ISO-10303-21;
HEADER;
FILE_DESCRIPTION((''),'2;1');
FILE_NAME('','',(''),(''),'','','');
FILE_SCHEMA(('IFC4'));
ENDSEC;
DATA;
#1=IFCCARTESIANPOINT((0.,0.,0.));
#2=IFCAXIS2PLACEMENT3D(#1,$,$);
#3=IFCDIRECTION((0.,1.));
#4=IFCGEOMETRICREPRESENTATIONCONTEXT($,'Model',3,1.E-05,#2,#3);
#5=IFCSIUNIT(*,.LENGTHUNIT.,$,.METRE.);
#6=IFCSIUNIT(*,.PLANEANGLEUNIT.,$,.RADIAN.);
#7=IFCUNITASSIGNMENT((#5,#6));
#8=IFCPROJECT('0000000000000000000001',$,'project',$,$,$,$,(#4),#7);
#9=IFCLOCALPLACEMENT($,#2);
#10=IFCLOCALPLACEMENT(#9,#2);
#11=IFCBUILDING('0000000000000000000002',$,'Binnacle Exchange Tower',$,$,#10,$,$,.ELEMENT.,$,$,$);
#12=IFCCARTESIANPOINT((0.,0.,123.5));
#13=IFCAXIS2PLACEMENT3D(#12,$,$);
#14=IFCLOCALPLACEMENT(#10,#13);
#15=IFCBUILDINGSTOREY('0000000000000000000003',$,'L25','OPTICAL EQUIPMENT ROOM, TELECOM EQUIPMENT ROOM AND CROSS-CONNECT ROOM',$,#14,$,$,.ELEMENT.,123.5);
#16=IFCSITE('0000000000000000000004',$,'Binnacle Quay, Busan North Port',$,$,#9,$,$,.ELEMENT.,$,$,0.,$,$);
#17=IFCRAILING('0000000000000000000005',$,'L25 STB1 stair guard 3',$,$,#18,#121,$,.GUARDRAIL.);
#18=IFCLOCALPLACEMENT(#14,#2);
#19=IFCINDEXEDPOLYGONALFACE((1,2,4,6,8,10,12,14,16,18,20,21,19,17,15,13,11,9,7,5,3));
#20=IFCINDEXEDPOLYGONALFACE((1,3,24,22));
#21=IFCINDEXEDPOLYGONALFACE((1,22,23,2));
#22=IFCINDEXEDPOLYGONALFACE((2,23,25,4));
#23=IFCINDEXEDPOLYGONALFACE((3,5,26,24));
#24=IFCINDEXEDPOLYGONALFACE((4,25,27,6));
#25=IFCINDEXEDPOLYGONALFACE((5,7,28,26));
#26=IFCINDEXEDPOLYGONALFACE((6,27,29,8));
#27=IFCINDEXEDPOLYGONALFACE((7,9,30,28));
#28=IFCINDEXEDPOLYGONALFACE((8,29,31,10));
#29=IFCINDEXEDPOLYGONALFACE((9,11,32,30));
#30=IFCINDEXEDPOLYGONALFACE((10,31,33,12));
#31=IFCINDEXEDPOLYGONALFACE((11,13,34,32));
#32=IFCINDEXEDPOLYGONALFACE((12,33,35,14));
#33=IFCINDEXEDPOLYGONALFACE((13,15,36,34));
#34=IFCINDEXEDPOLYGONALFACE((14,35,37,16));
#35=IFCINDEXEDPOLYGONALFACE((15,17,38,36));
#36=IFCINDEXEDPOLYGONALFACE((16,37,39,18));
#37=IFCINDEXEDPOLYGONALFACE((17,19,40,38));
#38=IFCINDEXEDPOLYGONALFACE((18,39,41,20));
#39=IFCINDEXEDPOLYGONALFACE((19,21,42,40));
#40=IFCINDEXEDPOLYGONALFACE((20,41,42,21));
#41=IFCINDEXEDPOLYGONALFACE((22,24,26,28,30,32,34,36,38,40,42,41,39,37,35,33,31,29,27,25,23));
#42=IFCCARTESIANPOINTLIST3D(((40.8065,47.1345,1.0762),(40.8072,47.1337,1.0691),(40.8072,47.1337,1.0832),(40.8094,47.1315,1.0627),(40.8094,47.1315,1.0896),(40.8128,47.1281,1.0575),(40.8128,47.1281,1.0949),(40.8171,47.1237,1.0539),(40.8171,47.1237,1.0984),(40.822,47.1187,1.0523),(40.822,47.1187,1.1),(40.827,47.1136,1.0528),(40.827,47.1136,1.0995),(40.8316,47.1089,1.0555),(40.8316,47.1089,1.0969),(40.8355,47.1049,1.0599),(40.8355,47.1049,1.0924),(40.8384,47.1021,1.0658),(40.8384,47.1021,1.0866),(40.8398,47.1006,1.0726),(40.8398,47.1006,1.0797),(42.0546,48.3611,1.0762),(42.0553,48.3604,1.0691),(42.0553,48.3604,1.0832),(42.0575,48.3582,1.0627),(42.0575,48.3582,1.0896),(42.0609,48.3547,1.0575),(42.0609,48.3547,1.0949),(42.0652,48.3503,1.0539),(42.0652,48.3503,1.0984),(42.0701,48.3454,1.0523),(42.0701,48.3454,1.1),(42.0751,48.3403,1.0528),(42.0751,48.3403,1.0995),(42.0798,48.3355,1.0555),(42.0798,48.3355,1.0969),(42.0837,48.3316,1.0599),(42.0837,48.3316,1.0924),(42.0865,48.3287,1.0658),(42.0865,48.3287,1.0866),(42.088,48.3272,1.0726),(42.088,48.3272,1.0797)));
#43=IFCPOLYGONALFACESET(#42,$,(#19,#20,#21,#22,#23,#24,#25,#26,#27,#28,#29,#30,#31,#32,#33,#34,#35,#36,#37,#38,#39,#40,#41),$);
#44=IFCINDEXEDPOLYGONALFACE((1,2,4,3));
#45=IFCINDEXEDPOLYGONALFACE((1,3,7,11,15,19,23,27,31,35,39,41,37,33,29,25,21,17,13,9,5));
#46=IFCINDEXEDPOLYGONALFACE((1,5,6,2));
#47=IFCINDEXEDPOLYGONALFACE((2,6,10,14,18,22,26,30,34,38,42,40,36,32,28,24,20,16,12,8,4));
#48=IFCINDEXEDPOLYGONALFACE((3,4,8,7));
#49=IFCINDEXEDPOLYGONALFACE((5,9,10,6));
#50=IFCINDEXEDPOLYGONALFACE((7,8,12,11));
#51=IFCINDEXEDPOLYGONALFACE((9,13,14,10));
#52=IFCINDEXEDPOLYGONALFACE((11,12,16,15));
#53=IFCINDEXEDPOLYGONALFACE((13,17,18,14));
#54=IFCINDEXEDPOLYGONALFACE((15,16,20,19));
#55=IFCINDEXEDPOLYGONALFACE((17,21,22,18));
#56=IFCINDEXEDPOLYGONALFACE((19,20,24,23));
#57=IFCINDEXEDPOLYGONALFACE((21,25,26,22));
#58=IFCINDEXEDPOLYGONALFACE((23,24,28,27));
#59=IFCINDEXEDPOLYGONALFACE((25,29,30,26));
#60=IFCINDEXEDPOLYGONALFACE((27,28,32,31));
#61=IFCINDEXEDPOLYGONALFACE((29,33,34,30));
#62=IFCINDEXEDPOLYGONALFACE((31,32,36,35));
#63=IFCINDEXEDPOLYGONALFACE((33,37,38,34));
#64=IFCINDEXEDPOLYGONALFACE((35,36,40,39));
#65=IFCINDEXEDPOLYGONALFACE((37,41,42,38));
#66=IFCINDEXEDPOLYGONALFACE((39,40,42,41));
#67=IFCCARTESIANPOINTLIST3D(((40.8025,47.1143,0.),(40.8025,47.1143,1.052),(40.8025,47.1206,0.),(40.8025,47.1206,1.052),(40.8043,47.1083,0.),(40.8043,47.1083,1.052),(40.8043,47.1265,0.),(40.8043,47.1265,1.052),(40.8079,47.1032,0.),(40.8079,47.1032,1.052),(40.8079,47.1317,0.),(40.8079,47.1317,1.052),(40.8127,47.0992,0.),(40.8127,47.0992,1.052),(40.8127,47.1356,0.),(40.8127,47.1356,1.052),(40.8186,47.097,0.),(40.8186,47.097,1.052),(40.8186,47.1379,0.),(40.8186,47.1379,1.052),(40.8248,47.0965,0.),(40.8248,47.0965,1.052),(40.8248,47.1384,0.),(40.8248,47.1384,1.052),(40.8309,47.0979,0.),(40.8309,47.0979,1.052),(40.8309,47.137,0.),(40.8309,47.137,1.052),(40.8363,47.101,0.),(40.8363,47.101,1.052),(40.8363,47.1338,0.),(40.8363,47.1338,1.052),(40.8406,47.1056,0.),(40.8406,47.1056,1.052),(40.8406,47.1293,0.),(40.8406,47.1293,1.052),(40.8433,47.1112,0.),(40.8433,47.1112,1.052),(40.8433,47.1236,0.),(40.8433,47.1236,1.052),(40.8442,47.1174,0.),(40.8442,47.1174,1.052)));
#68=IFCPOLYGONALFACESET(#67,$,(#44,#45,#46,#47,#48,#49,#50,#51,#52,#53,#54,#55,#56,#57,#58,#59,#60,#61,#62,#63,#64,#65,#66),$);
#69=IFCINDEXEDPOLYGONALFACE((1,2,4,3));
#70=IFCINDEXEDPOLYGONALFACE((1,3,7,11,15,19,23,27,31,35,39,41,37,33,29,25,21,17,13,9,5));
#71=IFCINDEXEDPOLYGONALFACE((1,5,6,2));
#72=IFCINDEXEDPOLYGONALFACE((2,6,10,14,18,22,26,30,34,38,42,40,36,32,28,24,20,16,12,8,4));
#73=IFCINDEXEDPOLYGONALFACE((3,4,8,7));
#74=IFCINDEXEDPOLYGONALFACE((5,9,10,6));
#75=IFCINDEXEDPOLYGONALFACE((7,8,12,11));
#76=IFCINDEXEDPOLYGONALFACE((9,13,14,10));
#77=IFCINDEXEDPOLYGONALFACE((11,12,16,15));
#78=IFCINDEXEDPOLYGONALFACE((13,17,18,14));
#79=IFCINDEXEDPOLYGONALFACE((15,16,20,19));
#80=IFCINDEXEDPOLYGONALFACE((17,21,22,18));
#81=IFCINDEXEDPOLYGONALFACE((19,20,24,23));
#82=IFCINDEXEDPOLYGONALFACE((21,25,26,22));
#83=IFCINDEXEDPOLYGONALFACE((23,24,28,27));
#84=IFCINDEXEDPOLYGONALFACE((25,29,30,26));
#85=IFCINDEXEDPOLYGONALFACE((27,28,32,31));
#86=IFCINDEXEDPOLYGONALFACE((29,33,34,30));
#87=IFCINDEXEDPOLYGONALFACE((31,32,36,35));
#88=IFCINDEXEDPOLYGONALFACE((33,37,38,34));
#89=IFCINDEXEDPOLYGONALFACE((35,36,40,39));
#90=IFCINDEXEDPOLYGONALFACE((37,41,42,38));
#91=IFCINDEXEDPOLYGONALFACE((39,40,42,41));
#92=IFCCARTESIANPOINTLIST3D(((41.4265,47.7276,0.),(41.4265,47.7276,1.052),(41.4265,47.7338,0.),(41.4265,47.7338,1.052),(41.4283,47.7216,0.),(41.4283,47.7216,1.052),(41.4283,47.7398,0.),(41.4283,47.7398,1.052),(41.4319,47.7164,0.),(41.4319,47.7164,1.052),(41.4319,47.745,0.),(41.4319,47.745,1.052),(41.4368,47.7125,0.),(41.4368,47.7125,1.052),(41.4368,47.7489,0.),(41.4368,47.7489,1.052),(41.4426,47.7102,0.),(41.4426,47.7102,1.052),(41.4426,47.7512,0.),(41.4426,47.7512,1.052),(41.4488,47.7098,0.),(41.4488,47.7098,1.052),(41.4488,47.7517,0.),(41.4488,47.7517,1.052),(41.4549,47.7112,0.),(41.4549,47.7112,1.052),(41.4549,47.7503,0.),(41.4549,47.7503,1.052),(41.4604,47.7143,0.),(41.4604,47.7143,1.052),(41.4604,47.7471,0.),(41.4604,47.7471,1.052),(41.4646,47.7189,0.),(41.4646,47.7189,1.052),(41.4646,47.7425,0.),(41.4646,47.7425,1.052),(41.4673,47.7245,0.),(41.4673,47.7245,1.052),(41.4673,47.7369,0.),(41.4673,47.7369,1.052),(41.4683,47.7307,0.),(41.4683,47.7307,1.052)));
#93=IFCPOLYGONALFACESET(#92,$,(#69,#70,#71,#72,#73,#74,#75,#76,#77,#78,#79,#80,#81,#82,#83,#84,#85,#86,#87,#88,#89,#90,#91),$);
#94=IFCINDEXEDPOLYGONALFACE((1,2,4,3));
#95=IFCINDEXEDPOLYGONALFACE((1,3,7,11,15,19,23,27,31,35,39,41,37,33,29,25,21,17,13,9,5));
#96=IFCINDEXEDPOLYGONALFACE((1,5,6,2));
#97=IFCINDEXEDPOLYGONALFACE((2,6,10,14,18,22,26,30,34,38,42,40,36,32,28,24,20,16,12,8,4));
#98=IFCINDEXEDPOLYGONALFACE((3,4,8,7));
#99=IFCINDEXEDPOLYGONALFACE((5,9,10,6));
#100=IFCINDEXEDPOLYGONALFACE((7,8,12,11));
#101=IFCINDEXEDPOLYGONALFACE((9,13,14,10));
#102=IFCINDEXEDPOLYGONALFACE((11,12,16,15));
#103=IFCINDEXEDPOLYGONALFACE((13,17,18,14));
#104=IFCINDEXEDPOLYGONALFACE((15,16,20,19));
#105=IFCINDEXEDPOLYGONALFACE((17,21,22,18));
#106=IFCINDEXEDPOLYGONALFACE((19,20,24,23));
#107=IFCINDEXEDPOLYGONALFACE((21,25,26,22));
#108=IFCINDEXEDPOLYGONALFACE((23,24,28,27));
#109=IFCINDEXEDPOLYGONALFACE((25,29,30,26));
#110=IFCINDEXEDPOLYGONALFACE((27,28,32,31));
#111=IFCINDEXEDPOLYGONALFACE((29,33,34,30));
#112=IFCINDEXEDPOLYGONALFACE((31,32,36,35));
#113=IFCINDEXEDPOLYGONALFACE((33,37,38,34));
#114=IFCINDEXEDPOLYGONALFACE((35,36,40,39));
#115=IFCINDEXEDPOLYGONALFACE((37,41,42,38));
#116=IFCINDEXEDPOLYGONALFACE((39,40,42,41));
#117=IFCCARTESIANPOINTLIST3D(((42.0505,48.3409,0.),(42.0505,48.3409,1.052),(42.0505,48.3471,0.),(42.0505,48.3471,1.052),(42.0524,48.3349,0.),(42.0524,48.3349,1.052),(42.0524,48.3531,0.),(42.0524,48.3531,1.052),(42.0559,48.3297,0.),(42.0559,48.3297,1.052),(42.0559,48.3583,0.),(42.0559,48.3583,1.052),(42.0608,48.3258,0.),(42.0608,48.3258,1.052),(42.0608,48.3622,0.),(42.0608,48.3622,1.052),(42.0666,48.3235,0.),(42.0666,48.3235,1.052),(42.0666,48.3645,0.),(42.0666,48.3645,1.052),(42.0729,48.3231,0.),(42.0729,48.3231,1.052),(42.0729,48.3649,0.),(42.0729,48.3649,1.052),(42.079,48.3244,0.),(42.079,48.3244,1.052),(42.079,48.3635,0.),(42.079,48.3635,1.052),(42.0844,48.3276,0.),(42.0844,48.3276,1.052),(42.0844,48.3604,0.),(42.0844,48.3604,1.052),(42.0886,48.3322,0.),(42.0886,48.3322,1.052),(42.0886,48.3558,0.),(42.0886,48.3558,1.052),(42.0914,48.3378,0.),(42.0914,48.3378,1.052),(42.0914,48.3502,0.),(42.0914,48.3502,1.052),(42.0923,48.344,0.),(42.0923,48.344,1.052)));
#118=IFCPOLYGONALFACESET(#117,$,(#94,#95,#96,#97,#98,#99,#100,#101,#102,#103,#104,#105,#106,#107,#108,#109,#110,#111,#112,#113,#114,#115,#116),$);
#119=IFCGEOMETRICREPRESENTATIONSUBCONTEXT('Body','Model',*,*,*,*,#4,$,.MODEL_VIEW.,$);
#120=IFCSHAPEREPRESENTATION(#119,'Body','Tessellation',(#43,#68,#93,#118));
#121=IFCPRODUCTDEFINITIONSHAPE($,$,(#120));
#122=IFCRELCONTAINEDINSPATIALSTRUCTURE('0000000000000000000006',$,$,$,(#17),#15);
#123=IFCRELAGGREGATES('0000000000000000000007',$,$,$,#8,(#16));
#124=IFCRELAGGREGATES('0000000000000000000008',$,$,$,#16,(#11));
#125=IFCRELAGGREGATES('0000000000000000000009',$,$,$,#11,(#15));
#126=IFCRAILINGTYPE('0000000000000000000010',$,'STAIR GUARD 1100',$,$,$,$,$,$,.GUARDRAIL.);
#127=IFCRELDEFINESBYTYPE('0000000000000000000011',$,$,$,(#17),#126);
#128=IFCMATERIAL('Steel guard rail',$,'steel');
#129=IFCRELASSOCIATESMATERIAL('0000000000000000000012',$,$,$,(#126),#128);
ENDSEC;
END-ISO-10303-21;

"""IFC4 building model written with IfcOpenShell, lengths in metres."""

from ifc_helpers import new_model, si_unit, direction, frame, origin, origin_2d, place, context, subcontext, project, spatial, circle, extrude, material, type_object, element, save


model = new_model("IFC4")

# Units and contexts
model_context = context("Model", 3, precision=1e-05, world=origin(), true_north=direction((0.0, 1.0)))
body_context = subcontext(model_context, "Body", "Model", "MODEL_VIEW")
ifc_project = project(units=[si_unit("LENGTHUNIT", "METRE"), si_unit("PLANEANGLEUNIT", "RADIAN")], contexts=[model_context])

# Site, building, storey
site_placement = place(None, origin())
site = spatial("IfcSite", under=ifc_project, at=site_placement, Name="Binnacle Quay, Busan North Port", CompositionType="ELEMENT", RefElevation=0.0)
building_placement = place(site_placement, origin())
building = spatial("IfcBuilding", under=site, at=building_placement, Name="Binnacle Exchange Tower", CompositionType="ELEMENT")
storey_placement = place(building_placement, frame((0.0, 0.0, 123.5)))
storey = spatial("IfcBuildingStorey", under=building, at=storey_placement, Name="L25", Description="OPTICAL EQUIPMENT ROOM, TELECOM EQUIPMENT ROOM AND CROSS-CONNECT ROOM", CompositionType="ELEMENT", Elevation=123.5)

# Railing
ifc_material_1 = material(Name="Steel guard rail", Category="steel")
railing_type_1 = type_object("IfcRailingType", Name="STAIR GUARD 1100", PredefinedType="GUARDRAIL", material=ifc_material_1)
railing_1_placement = place(storey_placement, frame((40.8232, 47.1174, 0.0)))
element("IfcRailing", 1, at=railing_1_placement, inside=storey, type_object=railing_type_1, Name="L25 STB1 stair guard 3", PredefinedType="GUARDRAIL", context=body_context, shape_type="SweptSolid", body=[
    extrude(circle(Radius=0.0239, at=origin_2d()), frame((0.0, 0.0, 1.0762), z_axis=(0.713219, 0.700941, 0.0), x_axis=(-0.700941, 0.713219, 0.0)), (0.0, 0.0, 1.0), 1.75),
    extrude(circle(Radius=0.021, at=origin_2d()), origin(), (0.0, 0.0, 1.0), 1.052),
    extrude(circle(Radius=0.021, at=origin_2d()), frame((0.624, 0.6133, 0.0)), (0.0, 0.0, 1.0), 1.052),
    extrude(circle(Radius=0.021, at=origin_2d()), frame((1.248, 1.2266, 0.0)), (0.0, 0.0, 1.0), 1.052),
])

save(model, "model.ifc")
